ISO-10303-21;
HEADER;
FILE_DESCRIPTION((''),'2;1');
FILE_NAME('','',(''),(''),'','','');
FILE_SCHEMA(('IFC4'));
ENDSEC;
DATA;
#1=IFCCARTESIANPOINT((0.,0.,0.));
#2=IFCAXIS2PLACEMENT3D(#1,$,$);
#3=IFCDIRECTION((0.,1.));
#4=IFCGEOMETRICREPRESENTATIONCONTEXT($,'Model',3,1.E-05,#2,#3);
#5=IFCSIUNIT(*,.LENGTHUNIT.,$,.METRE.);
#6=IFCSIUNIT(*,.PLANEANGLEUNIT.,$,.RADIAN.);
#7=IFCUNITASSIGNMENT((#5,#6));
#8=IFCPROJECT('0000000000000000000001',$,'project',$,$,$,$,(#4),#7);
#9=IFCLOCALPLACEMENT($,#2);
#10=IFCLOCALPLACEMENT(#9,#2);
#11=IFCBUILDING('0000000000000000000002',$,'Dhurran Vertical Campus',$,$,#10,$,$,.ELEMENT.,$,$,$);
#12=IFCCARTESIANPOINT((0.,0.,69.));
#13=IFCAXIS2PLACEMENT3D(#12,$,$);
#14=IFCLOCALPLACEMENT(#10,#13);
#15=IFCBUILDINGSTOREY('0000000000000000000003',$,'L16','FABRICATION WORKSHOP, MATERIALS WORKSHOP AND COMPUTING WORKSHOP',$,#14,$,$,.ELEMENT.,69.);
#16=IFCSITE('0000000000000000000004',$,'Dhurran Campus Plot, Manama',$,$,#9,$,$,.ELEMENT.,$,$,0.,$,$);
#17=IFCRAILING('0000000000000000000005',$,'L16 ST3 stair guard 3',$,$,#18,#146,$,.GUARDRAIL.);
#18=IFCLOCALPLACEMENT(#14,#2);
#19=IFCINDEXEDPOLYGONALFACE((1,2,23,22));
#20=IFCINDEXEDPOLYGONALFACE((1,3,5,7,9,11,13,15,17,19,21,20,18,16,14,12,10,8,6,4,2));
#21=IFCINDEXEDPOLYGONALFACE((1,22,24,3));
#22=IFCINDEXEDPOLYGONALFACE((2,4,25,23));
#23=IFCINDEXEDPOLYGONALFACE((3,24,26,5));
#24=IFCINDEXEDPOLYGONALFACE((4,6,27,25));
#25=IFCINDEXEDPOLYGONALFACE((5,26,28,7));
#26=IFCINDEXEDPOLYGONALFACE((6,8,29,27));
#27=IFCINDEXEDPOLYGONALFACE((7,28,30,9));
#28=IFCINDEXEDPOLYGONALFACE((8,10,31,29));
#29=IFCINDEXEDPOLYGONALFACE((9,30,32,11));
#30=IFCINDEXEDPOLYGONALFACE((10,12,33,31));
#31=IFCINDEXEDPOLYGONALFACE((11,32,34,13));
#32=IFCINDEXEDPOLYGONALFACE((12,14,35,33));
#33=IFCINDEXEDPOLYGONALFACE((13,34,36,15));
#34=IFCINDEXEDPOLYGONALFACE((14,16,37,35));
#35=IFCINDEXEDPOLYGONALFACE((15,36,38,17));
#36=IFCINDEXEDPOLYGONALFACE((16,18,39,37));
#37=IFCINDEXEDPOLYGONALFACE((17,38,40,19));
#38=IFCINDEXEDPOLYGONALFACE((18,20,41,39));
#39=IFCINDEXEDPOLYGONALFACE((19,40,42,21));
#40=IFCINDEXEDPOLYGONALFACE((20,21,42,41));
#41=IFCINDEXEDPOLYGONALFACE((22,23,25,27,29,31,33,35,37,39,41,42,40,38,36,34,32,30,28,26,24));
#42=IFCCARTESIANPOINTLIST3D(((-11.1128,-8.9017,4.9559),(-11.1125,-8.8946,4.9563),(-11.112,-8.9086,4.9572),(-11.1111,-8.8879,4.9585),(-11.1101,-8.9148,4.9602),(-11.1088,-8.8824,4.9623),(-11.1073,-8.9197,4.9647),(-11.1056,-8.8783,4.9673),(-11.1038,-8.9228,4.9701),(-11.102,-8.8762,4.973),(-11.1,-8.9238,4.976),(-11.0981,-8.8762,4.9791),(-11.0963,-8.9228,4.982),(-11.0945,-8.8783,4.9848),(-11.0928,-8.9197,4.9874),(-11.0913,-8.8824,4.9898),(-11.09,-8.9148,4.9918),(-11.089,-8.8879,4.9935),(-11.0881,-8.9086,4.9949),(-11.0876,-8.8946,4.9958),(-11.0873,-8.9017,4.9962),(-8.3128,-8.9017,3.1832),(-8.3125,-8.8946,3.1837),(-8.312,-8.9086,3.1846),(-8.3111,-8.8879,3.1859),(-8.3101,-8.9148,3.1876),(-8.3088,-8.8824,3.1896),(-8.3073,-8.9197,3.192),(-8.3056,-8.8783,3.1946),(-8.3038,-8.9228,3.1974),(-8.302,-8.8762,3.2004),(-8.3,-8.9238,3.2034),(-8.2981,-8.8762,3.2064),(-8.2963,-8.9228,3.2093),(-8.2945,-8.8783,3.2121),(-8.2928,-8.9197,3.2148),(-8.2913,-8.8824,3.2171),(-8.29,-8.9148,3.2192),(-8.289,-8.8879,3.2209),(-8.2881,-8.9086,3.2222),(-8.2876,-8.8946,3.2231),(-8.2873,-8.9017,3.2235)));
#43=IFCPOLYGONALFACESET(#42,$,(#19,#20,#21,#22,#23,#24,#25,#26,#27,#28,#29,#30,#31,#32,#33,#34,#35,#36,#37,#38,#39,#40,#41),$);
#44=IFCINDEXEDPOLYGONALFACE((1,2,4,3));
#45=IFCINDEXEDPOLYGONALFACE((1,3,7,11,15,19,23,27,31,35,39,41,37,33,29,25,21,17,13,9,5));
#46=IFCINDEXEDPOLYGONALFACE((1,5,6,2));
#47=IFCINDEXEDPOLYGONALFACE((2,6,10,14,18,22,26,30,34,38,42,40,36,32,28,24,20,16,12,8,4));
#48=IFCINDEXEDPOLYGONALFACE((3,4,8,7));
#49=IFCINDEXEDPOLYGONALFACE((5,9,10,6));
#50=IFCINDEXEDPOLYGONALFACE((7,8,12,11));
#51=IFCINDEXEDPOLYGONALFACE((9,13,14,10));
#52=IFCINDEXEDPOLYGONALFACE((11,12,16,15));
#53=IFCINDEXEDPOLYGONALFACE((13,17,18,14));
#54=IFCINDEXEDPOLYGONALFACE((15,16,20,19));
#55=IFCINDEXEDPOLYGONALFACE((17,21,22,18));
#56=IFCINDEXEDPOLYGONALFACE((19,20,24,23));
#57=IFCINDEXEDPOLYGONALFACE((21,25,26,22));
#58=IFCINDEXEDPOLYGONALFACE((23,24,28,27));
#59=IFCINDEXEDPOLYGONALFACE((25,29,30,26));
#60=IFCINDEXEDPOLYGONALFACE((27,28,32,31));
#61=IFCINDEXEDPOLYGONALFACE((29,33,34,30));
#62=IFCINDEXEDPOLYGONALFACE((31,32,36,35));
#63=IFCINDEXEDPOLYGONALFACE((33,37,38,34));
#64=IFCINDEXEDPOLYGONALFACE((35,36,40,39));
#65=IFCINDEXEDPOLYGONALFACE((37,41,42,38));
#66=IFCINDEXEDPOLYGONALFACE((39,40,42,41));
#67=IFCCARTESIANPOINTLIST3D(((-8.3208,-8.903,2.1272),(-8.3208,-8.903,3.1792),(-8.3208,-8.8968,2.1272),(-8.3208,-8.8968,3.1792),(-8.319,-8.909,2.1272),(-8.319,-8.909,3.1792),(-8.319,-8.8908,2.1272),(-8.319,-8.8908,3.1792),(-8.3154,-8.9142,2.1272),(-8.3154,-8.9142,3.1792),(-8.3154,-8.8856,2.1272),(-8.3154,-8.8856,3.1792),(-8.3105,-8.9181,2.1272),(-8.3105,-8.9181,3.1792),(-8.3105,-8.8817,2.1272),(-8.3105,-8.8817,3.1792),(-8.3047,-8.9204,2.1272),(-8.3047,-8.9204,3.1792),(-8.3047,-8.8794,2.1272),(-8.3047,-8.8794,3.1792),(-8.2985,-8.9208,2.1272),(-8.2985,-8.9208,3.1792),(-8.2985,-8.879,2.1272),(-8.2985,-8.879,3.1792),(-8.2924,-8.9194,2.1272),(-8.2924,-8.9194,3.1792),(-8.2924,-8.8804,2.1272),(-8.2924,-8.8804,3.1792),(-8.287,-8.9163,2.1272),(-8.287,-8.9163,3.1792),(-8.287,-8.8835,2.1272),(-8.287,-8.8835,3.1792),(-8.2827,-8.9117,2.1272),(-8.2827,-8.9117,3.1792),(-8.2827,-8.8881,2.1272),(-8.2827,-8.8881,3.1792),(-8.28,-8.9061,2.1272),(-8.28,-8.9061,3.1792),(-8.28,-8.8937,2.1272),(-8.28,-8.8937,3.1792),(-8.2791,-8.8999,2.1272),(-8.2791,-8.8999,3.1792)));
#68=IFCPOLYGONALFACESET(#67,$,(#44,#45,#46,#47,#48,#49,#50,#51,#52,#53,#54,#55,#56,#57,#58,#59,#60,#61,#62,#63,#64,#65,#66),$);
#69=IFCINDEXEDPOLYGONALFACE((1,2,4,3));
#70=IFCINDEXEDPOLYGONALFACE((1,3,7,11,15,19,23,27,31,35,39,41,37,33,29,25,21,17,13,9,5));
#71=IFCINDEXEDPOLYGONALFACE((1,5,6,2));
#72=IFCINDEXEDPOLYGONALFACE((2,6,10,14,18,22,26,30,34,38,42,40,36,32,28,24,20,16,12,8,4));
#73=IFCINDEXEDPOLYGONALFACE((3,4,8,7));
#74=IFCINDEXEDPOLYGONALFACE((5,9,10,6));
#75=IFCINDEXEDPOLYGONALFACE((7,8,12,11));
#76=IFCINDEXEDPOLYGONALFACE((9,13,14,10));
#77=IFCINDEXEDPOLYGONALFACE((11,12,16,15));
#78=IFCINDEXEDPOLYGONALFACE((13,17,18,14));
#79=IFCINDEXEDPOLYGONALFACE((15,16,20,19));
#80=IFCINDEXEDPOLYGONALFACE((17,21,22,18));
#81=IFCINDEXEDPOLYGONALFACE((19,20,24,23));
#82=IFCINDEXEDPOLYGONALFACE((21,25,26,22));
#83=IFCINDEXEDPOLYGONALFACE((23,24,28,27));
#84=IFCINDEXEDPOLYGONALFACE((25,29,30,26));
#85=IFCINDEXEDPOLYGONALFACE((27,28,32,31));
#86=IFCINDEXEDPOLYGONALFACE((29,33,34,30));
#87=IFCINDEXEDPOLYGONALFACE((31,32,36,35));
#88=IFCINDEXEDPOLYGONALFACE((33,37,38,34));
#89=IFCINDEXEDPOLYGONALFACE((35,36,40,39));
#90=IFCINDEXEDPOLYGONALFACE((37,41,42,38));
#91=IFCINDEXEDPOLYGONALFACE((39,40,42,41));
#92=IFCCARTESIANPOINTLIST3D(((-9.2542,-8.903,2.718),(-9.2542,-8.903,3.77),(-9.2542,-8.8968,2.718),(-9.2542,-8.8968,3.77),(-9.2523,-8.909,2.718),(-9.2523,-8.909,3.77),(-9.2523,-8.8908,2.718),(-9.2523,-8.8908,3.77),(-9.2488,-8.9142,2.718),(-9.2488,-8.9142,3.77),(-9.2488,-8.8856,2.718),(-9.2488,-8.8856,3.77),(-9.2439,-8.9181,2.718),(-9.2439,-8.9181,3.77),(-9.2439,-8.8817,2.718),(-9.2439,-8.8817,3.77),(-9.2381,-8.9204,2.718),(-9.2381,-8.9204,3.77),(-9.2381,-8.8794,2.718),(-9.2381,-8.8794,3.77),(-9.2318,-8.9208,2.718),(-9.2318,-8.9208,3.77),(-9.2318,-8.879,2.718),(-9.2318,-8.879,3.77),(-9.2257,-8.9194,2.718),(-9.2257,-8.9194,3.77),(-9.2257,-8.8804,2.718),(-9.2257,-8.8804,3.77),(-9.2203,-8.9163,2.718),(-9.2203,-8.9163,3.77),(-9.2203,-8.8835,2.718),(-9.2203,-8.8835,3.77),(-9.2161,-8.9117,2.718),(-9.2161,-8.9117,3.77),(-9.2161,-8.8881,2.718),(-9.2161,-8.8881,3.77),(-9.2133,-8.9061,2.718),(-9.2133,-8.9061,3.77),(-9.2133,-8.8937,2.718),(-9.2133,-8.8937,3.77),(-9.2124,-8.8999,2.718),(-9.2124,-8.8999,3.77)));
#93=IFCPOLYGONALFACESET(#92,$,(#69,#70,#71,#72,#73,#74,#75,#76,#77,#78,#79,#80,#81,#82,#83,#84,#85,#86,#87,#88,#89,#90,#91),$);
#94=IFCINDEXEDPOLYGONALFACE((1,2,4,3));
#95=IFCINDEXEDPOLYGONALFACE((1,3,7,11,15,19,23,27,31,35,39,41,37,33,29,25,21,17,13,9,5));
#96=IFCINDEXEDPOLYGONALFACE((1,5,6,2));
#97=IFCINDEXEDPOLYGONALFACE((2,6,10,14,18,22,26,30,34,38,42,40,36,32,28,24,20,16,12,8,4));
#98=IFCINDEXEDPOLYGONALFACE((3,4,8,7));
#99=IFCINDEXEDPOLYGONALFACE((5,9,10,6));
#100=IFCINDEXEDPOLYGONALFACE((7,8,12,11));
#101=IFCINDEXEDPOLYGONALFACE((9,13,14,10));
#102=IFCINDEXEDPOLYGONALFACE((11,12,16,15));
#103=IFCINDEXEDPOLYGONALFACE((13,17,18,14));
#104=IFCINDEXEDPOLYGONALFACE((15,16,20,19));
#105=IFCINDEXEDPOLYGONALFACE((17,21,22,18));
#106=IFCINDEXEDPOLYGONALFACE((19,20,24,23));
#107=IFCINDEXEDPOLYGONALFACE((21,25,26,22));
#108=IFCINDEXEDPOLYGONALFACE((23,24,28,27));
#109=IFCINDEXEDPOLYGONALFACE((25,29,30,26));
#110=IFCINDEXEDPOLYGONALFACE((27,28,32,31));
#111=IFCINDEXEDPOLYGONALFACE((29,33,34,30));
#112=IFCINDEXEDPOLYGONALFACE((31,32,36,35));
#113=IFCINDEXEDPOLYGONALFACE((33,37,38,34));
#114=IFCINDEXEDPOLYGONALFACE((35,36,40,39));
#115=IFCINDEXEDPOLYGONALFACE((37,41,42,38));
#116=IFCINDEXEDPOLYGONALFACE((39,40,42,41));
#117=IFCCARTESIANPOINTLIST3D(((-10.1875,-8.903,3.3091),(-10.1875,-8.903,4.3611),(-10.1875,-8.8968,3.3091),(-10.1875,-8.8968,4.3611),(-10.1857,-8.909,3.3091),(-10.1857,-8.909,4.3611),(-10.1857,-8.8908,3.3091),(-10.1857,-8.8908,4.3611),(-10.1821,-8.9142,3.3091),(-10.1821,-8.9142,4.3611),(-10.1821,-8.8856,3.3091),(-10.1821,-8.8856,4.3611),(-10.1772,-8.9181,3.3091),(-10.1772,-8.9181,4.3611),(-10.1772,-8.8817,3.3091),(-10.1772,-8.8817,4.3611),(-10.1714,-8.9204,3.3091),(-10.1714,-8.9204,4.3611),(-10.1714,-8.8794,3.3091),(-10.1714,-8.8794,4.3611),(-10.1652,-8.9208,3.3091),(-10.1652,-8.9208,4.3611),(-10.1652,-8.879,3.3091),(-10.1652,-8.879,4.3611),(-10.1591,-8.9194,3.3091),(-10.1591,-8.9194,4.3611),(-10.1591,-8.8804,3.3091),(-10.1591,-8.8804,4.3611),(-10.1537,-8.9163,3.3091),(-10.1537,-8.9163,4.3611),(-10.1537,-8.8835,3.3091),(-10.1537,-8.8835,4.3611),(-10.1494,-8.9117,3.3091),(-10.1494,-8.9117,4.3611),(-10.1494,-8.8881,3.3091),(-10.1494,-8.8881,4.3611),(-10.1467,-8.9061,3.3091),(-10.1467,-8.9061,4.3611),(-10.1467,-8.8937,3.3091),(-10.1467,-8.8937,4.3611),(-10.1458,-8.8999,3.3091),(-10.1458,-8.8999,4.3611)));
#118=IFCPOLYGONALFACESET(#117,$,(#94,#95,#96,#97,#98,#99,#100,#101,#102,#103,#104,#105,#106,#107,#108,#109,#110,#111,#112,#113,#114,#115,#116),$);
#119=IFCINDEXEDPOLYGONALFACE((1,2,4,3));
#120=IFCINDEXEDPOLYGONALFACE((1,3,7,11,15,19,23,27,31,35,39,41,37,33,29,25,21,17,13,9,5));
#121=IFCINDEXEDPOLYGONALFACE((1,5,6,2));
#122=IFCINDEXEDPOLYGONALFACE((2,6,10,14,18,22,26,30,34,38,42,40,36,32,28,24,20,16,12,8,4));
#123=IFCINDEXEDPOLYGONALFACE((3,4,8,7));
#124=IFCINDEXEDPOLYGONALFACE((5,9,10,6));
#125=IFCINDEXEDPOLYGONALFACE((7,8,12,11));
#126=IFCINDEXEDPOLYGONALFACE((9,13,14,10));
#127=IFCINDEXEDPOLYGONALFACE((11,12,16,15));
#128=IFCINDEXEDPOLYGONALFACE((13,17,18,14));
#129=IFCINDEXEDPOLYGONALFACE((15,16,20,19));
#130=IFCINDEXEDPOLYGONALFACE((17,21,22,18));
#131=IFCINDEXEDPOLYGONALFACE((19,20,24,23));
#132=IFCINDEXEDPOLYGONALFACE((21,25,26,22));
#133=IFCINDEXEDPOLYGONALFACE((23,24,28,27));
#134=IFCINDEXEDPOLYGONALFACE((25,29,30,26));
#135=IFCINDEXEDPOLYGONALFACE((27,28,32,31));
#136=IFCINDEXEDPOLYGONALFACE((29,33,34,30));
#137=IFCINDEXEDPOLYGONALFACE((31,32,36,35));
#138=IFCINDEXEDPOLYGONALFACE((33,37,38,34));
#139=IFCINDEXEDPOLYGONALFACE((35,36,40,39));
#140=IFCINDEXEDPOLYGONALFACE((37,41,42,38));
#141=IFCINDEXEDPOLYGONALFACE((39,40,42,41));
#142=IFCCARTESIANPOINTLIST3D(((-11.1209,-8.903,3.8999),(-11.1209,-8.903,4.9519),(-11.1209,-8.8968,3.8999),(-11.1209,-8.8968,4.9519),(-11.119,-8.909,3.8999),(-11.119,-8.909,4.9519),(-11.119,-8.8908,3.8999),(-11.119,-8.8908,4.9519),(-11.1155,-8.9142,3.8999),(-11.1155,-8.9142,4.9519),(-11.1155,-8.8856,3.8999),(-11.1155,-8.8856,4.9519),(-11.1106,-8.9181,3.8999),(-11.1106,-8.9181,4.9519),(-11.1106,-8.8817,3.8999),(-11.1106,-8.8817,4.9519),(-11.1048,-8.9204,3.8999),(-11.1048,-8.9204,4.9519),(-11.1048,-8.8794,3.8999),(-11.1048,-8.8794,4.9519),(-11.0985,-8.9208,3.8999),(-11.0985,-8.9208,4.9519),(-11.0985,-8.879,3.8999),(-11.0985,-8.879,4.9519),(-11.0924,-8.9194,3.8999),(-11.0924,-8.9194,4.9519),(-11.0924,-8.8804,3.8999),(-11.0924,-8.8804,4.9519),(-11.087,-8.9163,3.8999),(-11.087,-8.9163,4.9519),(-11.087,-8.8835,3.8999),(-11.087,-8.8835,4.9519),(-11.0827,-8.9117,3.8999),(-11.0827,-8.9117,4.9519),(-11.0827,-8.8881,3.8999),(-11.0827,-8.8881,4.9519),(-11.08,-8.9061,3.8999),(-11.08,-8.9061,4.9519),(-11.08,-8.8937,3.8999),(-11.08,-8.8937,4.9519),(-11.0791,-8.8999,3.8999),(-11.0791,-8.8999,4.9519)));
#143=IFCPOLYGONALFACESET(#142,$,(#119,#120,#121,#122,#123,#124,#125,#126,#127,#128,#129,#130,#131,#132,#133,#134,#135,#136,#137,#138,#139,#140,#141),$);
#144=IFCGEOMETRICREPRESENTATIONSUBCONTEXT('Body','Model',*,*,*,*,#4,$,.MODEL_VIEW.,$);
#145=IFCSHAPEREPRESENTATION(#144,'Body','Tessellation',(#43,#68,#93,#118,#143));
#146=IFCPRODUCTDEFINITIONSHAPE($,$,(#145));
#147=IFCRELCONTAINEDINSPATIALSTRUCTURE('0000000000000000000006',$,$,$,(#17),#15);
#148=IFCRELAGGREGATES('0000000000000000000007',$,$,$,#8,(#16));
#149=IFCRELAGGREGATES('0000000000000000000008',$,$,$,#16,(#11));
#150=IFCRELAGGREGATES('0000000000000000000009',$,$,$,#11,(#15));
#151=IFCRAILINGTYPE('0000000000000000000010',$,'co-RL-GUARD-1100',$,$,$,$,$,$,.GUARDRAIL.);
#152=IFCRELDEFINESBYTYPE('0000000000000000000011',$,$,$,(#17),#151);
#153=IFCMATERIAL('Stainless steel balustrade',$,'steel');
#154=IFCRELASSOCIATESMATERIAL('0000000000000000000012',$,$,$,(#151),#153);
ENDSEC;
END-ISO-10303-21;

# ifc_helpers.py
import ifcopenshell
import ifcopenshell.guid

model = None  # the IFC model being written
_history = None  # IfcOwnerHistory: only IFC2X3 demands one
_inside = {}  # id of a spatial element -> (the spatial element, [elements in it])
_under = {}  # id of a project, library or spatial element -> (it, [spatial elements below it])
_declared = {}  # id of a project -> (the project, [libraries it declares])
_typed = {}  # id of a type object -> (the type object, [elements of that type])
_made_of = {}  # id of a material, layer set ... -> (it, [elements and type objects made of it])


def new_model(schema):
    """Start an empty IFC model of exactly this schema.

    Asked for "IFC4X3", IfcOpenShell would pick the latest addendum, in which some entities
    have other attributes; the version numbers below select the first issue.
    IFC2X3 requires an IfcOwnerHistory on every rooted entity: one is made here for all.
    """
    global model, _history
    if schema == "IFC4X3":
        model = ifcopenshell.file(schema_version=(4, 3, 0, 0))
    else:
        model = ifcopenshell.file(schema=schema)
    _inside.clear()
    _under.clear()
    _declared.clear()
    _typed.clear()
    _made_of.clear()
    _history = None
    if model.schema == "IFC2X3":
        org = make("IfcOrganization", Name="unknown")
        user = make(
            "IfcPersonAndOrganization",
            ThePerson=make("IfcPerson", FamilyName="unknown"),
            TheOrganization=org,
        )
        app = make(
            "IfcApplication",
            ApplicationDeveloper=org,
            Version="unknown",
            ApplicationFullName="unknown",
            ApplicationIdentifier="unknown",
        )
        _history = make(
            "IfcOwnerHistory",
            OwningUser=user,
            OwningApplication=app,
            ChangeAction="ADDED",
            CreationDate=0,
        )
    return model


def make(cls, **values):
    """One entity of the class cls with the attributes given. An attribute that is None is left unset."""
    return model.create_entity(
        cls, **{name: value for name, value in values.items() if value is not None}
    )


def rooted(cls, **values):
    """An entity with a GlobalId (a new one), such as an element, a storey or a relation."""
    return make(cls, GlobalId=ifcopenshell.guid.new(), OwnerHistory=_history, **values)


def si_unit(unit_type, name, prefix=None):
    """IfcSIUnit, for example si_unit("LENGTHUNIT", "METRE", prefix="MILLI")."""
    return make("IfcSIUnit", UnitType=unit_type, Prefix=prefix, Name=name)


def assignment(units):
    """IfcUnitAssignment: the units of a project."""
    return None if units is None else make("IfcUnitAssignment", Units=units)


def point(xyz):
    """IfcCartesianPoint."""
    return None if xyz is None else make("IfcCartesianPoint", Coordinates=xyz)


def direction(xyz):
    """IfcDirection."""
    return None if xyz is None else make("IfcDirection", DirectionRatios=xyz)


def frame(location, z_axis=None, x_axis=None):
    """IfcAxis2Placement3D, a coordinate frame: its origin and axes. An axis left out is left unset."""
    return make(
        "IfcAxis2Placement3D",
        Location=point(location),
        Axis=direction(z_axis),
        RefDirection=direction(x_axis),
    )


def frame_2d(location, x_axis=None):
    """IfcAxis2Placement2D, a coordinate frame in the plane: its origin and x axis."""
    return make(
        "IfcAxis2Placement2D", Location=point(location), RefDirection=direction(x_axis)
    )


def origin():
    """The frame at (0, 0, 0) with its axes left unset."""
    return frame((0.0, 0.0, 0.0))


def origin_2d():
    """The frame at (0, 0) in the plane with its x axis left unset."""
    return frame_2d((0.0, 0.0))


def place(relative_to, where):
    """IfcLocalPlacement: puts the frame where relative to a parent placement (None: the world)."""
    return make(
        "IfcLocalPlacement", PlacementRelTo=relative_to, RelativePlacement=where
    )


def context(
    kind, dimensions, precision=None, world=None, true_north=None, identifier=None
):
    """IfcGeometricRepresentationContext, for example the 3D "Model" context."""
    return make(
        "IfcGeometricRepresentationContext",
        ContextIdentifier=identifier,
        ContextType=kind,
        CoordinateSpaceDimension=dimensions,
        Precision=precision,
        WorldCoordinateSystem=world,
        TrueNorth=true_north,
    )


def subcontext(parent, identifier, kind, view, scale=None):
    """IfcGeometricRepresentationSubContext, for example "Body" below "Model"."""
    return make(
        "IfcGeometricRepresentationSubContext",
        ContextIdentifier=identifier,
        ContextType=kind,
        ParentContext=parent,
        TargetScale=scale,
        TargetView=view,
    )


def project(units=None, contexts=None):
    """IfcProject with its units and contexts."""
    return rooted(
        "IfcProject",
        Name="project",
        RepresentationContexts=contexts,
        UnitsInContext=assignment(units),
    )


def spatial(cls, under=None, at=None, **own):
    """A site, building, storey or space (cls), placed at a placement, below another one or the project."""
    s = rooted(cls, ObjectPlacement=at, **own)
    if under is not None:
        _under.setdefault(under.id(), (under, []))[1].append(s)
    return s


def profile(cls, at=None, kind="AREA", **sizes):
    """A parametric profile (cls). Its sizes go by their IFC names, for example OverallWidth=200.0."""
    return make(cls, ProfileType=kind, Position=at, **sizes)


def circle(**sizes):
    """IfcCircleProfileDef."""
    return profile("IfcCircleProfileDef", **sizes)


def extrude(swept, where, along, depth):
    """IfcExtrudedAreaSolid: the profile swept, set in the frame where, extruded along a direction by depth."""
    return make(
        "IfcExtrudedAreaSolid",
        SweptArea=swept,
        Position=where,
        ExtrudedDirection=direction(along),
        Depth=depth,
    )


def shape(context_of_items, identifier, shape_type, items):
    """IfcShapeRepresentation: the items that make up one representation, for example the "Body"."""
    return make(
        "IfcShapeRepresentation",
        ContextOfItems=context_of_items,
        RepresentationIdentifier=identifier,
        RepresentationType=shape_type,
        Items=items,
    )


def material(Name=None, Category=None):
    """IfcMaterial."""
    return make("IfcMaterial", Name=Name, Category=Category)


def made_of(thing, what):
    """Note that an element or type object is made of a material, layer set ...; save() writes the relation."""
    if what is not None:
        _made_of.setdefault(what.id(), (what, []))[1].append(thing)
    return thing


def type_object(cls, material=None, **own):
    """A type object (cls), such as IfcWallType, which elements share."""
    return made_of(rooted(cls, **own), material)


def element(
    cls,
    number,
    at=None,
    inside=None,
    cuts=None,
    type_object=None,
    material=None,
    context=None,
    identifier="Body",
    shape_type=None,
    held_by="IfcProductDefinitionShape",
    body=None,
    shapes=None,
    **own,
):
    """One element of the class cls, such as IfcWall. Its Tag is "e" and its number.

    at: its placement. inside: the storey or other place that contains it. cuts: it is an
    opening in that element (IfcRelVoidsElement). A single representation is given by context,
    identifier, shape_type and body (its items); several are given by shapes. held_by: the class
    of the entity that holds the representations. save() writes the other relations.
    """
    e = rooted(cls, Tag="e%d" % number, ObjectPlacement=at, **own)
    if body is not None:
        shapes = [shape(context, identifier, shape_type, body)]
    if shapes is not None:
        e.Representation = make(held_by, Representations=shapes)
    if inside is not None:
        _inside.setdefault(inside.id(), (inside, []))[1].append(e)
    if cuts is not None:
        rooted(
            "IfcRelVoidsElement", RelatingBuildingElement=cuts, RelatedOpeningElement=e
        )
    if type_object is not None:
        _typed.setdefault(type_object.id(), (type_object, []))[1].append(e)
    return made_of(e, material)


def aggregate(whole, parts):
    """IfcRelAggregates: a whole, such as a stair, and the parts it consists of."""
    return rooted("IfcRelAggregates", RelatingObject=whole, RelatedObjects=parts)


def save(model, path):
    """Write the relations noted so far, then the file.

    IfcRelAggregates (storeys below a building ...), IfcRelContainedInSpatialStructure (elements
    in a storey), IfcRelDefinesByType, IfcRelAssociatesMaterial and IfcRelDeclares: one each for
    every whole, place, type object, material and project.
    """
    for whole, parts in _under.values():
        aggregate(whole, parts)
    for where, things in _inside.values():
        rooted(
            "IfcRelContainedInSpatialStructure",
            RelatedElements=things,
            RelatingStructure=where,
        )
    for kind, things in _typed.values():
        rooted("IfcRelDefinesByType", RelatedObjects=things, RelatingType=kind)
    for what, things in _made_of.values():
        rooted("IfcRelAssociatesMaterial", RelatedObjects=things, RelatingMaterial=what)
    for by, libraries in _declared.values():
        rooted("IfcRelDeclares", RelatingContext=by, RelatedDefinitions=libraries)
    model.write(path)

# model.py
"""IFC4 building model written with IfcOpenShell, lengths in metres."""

from ifc_helpers import new_model, si_unit, direction, frame, origin, origin_2d, place, context, subcontext, project, spatial, circle, extrude, material, type_object, element, save


model = new_model("IFC4")

# Units and contexts
model_context = context("Model", 3, precision=1e-05, world=origin(), true_north=direction((0.0, 1.0)))
body_context = subcontext(model_context, "Body", "Model", "MODEL_VIEW")
ifc_project = project(units=[si_unit("LENGTHUNIT", "METRE"), si_unit("PLANEANGLEUNIT", "RADIAN")], contexts=[model_context])

# Site, building, storey
site_placement = place(None, origin())
site = spatial("IfcSite", under=ifc_project, at=site_placement, Name="Dhurran Campus Plot, Manama", CompositionType="ELEMENT", RefElevation=0.0)
building_placement = place(site_placement, origin())
building = spatial("IfcBuilding", under=site, at=building_placement, Name="Dhurran Vertical Campus", CompositionType="ELEMENT")
storey_placement = place(building_placement, frame((0.0, 0.0, 69.0)))
storey = spatial("IfcBuildingStorey", under=building, at=storey_placement, Name="L16", Description="FABRICATION WORKSHOP, MATERIALS WORKSHOP AND COMPUTING WORKSHOP", CompositionType="ELEMENT", Elevation=69.0)

# Railing
ifc_material_1 = material(Name="Stainless steel balustrade", Category="steel")
railing_type_1 = type_object("IfcRailingType", Name="co-RL-GUARD-1100", PredefinedType="GUARDRAIL", material=ifc_material_1)
railing_1_placement = place(storey_placement, frame((-8.3, -8.8999, 2.1272)))
element("IfcRailing", 1, at=railing_1_placement, inside=storey, type_object=railing_type_1, Name="L16 ST3 stair guard 3", PredefinedType="GUARDRAIL", context=body_context, shape_type="SweptSolid", body=[
    extrude(circle(Radius=0.0239, at=origin_2d()), frame((0.0, 0.0, 1.0762), z_axis=(-0.844909, 0.0, 0.53491), x_axis=(0.0, -1.0, 0.0)), (0.0, 0.0, 1.0), 3.314),
    extrude(circle(Radius=0.021, at=origin_2d()), origin(), (0.0, 0.0, 1.0), 1.052),
    extrude(circle(Radius=0.021, at=origin_2d()), frame((-0.9333, 0.0, 0.5908)), (0.0, 0.0, 1.0), 1.052),
    extrude(circle(Radius=0.021, at=origin_2d()), frame((-1.8667, 0.0, 1.1819)), (0.0, 0.0, 1.0), 1.052),
    extrude(circle(Radius=0.021, at=origin_2d()), frame((-2.8, 0.0, 1.7727)), (0.0, 0.0, 1.0), 1.052),
])

save(model, "model.ifc")
